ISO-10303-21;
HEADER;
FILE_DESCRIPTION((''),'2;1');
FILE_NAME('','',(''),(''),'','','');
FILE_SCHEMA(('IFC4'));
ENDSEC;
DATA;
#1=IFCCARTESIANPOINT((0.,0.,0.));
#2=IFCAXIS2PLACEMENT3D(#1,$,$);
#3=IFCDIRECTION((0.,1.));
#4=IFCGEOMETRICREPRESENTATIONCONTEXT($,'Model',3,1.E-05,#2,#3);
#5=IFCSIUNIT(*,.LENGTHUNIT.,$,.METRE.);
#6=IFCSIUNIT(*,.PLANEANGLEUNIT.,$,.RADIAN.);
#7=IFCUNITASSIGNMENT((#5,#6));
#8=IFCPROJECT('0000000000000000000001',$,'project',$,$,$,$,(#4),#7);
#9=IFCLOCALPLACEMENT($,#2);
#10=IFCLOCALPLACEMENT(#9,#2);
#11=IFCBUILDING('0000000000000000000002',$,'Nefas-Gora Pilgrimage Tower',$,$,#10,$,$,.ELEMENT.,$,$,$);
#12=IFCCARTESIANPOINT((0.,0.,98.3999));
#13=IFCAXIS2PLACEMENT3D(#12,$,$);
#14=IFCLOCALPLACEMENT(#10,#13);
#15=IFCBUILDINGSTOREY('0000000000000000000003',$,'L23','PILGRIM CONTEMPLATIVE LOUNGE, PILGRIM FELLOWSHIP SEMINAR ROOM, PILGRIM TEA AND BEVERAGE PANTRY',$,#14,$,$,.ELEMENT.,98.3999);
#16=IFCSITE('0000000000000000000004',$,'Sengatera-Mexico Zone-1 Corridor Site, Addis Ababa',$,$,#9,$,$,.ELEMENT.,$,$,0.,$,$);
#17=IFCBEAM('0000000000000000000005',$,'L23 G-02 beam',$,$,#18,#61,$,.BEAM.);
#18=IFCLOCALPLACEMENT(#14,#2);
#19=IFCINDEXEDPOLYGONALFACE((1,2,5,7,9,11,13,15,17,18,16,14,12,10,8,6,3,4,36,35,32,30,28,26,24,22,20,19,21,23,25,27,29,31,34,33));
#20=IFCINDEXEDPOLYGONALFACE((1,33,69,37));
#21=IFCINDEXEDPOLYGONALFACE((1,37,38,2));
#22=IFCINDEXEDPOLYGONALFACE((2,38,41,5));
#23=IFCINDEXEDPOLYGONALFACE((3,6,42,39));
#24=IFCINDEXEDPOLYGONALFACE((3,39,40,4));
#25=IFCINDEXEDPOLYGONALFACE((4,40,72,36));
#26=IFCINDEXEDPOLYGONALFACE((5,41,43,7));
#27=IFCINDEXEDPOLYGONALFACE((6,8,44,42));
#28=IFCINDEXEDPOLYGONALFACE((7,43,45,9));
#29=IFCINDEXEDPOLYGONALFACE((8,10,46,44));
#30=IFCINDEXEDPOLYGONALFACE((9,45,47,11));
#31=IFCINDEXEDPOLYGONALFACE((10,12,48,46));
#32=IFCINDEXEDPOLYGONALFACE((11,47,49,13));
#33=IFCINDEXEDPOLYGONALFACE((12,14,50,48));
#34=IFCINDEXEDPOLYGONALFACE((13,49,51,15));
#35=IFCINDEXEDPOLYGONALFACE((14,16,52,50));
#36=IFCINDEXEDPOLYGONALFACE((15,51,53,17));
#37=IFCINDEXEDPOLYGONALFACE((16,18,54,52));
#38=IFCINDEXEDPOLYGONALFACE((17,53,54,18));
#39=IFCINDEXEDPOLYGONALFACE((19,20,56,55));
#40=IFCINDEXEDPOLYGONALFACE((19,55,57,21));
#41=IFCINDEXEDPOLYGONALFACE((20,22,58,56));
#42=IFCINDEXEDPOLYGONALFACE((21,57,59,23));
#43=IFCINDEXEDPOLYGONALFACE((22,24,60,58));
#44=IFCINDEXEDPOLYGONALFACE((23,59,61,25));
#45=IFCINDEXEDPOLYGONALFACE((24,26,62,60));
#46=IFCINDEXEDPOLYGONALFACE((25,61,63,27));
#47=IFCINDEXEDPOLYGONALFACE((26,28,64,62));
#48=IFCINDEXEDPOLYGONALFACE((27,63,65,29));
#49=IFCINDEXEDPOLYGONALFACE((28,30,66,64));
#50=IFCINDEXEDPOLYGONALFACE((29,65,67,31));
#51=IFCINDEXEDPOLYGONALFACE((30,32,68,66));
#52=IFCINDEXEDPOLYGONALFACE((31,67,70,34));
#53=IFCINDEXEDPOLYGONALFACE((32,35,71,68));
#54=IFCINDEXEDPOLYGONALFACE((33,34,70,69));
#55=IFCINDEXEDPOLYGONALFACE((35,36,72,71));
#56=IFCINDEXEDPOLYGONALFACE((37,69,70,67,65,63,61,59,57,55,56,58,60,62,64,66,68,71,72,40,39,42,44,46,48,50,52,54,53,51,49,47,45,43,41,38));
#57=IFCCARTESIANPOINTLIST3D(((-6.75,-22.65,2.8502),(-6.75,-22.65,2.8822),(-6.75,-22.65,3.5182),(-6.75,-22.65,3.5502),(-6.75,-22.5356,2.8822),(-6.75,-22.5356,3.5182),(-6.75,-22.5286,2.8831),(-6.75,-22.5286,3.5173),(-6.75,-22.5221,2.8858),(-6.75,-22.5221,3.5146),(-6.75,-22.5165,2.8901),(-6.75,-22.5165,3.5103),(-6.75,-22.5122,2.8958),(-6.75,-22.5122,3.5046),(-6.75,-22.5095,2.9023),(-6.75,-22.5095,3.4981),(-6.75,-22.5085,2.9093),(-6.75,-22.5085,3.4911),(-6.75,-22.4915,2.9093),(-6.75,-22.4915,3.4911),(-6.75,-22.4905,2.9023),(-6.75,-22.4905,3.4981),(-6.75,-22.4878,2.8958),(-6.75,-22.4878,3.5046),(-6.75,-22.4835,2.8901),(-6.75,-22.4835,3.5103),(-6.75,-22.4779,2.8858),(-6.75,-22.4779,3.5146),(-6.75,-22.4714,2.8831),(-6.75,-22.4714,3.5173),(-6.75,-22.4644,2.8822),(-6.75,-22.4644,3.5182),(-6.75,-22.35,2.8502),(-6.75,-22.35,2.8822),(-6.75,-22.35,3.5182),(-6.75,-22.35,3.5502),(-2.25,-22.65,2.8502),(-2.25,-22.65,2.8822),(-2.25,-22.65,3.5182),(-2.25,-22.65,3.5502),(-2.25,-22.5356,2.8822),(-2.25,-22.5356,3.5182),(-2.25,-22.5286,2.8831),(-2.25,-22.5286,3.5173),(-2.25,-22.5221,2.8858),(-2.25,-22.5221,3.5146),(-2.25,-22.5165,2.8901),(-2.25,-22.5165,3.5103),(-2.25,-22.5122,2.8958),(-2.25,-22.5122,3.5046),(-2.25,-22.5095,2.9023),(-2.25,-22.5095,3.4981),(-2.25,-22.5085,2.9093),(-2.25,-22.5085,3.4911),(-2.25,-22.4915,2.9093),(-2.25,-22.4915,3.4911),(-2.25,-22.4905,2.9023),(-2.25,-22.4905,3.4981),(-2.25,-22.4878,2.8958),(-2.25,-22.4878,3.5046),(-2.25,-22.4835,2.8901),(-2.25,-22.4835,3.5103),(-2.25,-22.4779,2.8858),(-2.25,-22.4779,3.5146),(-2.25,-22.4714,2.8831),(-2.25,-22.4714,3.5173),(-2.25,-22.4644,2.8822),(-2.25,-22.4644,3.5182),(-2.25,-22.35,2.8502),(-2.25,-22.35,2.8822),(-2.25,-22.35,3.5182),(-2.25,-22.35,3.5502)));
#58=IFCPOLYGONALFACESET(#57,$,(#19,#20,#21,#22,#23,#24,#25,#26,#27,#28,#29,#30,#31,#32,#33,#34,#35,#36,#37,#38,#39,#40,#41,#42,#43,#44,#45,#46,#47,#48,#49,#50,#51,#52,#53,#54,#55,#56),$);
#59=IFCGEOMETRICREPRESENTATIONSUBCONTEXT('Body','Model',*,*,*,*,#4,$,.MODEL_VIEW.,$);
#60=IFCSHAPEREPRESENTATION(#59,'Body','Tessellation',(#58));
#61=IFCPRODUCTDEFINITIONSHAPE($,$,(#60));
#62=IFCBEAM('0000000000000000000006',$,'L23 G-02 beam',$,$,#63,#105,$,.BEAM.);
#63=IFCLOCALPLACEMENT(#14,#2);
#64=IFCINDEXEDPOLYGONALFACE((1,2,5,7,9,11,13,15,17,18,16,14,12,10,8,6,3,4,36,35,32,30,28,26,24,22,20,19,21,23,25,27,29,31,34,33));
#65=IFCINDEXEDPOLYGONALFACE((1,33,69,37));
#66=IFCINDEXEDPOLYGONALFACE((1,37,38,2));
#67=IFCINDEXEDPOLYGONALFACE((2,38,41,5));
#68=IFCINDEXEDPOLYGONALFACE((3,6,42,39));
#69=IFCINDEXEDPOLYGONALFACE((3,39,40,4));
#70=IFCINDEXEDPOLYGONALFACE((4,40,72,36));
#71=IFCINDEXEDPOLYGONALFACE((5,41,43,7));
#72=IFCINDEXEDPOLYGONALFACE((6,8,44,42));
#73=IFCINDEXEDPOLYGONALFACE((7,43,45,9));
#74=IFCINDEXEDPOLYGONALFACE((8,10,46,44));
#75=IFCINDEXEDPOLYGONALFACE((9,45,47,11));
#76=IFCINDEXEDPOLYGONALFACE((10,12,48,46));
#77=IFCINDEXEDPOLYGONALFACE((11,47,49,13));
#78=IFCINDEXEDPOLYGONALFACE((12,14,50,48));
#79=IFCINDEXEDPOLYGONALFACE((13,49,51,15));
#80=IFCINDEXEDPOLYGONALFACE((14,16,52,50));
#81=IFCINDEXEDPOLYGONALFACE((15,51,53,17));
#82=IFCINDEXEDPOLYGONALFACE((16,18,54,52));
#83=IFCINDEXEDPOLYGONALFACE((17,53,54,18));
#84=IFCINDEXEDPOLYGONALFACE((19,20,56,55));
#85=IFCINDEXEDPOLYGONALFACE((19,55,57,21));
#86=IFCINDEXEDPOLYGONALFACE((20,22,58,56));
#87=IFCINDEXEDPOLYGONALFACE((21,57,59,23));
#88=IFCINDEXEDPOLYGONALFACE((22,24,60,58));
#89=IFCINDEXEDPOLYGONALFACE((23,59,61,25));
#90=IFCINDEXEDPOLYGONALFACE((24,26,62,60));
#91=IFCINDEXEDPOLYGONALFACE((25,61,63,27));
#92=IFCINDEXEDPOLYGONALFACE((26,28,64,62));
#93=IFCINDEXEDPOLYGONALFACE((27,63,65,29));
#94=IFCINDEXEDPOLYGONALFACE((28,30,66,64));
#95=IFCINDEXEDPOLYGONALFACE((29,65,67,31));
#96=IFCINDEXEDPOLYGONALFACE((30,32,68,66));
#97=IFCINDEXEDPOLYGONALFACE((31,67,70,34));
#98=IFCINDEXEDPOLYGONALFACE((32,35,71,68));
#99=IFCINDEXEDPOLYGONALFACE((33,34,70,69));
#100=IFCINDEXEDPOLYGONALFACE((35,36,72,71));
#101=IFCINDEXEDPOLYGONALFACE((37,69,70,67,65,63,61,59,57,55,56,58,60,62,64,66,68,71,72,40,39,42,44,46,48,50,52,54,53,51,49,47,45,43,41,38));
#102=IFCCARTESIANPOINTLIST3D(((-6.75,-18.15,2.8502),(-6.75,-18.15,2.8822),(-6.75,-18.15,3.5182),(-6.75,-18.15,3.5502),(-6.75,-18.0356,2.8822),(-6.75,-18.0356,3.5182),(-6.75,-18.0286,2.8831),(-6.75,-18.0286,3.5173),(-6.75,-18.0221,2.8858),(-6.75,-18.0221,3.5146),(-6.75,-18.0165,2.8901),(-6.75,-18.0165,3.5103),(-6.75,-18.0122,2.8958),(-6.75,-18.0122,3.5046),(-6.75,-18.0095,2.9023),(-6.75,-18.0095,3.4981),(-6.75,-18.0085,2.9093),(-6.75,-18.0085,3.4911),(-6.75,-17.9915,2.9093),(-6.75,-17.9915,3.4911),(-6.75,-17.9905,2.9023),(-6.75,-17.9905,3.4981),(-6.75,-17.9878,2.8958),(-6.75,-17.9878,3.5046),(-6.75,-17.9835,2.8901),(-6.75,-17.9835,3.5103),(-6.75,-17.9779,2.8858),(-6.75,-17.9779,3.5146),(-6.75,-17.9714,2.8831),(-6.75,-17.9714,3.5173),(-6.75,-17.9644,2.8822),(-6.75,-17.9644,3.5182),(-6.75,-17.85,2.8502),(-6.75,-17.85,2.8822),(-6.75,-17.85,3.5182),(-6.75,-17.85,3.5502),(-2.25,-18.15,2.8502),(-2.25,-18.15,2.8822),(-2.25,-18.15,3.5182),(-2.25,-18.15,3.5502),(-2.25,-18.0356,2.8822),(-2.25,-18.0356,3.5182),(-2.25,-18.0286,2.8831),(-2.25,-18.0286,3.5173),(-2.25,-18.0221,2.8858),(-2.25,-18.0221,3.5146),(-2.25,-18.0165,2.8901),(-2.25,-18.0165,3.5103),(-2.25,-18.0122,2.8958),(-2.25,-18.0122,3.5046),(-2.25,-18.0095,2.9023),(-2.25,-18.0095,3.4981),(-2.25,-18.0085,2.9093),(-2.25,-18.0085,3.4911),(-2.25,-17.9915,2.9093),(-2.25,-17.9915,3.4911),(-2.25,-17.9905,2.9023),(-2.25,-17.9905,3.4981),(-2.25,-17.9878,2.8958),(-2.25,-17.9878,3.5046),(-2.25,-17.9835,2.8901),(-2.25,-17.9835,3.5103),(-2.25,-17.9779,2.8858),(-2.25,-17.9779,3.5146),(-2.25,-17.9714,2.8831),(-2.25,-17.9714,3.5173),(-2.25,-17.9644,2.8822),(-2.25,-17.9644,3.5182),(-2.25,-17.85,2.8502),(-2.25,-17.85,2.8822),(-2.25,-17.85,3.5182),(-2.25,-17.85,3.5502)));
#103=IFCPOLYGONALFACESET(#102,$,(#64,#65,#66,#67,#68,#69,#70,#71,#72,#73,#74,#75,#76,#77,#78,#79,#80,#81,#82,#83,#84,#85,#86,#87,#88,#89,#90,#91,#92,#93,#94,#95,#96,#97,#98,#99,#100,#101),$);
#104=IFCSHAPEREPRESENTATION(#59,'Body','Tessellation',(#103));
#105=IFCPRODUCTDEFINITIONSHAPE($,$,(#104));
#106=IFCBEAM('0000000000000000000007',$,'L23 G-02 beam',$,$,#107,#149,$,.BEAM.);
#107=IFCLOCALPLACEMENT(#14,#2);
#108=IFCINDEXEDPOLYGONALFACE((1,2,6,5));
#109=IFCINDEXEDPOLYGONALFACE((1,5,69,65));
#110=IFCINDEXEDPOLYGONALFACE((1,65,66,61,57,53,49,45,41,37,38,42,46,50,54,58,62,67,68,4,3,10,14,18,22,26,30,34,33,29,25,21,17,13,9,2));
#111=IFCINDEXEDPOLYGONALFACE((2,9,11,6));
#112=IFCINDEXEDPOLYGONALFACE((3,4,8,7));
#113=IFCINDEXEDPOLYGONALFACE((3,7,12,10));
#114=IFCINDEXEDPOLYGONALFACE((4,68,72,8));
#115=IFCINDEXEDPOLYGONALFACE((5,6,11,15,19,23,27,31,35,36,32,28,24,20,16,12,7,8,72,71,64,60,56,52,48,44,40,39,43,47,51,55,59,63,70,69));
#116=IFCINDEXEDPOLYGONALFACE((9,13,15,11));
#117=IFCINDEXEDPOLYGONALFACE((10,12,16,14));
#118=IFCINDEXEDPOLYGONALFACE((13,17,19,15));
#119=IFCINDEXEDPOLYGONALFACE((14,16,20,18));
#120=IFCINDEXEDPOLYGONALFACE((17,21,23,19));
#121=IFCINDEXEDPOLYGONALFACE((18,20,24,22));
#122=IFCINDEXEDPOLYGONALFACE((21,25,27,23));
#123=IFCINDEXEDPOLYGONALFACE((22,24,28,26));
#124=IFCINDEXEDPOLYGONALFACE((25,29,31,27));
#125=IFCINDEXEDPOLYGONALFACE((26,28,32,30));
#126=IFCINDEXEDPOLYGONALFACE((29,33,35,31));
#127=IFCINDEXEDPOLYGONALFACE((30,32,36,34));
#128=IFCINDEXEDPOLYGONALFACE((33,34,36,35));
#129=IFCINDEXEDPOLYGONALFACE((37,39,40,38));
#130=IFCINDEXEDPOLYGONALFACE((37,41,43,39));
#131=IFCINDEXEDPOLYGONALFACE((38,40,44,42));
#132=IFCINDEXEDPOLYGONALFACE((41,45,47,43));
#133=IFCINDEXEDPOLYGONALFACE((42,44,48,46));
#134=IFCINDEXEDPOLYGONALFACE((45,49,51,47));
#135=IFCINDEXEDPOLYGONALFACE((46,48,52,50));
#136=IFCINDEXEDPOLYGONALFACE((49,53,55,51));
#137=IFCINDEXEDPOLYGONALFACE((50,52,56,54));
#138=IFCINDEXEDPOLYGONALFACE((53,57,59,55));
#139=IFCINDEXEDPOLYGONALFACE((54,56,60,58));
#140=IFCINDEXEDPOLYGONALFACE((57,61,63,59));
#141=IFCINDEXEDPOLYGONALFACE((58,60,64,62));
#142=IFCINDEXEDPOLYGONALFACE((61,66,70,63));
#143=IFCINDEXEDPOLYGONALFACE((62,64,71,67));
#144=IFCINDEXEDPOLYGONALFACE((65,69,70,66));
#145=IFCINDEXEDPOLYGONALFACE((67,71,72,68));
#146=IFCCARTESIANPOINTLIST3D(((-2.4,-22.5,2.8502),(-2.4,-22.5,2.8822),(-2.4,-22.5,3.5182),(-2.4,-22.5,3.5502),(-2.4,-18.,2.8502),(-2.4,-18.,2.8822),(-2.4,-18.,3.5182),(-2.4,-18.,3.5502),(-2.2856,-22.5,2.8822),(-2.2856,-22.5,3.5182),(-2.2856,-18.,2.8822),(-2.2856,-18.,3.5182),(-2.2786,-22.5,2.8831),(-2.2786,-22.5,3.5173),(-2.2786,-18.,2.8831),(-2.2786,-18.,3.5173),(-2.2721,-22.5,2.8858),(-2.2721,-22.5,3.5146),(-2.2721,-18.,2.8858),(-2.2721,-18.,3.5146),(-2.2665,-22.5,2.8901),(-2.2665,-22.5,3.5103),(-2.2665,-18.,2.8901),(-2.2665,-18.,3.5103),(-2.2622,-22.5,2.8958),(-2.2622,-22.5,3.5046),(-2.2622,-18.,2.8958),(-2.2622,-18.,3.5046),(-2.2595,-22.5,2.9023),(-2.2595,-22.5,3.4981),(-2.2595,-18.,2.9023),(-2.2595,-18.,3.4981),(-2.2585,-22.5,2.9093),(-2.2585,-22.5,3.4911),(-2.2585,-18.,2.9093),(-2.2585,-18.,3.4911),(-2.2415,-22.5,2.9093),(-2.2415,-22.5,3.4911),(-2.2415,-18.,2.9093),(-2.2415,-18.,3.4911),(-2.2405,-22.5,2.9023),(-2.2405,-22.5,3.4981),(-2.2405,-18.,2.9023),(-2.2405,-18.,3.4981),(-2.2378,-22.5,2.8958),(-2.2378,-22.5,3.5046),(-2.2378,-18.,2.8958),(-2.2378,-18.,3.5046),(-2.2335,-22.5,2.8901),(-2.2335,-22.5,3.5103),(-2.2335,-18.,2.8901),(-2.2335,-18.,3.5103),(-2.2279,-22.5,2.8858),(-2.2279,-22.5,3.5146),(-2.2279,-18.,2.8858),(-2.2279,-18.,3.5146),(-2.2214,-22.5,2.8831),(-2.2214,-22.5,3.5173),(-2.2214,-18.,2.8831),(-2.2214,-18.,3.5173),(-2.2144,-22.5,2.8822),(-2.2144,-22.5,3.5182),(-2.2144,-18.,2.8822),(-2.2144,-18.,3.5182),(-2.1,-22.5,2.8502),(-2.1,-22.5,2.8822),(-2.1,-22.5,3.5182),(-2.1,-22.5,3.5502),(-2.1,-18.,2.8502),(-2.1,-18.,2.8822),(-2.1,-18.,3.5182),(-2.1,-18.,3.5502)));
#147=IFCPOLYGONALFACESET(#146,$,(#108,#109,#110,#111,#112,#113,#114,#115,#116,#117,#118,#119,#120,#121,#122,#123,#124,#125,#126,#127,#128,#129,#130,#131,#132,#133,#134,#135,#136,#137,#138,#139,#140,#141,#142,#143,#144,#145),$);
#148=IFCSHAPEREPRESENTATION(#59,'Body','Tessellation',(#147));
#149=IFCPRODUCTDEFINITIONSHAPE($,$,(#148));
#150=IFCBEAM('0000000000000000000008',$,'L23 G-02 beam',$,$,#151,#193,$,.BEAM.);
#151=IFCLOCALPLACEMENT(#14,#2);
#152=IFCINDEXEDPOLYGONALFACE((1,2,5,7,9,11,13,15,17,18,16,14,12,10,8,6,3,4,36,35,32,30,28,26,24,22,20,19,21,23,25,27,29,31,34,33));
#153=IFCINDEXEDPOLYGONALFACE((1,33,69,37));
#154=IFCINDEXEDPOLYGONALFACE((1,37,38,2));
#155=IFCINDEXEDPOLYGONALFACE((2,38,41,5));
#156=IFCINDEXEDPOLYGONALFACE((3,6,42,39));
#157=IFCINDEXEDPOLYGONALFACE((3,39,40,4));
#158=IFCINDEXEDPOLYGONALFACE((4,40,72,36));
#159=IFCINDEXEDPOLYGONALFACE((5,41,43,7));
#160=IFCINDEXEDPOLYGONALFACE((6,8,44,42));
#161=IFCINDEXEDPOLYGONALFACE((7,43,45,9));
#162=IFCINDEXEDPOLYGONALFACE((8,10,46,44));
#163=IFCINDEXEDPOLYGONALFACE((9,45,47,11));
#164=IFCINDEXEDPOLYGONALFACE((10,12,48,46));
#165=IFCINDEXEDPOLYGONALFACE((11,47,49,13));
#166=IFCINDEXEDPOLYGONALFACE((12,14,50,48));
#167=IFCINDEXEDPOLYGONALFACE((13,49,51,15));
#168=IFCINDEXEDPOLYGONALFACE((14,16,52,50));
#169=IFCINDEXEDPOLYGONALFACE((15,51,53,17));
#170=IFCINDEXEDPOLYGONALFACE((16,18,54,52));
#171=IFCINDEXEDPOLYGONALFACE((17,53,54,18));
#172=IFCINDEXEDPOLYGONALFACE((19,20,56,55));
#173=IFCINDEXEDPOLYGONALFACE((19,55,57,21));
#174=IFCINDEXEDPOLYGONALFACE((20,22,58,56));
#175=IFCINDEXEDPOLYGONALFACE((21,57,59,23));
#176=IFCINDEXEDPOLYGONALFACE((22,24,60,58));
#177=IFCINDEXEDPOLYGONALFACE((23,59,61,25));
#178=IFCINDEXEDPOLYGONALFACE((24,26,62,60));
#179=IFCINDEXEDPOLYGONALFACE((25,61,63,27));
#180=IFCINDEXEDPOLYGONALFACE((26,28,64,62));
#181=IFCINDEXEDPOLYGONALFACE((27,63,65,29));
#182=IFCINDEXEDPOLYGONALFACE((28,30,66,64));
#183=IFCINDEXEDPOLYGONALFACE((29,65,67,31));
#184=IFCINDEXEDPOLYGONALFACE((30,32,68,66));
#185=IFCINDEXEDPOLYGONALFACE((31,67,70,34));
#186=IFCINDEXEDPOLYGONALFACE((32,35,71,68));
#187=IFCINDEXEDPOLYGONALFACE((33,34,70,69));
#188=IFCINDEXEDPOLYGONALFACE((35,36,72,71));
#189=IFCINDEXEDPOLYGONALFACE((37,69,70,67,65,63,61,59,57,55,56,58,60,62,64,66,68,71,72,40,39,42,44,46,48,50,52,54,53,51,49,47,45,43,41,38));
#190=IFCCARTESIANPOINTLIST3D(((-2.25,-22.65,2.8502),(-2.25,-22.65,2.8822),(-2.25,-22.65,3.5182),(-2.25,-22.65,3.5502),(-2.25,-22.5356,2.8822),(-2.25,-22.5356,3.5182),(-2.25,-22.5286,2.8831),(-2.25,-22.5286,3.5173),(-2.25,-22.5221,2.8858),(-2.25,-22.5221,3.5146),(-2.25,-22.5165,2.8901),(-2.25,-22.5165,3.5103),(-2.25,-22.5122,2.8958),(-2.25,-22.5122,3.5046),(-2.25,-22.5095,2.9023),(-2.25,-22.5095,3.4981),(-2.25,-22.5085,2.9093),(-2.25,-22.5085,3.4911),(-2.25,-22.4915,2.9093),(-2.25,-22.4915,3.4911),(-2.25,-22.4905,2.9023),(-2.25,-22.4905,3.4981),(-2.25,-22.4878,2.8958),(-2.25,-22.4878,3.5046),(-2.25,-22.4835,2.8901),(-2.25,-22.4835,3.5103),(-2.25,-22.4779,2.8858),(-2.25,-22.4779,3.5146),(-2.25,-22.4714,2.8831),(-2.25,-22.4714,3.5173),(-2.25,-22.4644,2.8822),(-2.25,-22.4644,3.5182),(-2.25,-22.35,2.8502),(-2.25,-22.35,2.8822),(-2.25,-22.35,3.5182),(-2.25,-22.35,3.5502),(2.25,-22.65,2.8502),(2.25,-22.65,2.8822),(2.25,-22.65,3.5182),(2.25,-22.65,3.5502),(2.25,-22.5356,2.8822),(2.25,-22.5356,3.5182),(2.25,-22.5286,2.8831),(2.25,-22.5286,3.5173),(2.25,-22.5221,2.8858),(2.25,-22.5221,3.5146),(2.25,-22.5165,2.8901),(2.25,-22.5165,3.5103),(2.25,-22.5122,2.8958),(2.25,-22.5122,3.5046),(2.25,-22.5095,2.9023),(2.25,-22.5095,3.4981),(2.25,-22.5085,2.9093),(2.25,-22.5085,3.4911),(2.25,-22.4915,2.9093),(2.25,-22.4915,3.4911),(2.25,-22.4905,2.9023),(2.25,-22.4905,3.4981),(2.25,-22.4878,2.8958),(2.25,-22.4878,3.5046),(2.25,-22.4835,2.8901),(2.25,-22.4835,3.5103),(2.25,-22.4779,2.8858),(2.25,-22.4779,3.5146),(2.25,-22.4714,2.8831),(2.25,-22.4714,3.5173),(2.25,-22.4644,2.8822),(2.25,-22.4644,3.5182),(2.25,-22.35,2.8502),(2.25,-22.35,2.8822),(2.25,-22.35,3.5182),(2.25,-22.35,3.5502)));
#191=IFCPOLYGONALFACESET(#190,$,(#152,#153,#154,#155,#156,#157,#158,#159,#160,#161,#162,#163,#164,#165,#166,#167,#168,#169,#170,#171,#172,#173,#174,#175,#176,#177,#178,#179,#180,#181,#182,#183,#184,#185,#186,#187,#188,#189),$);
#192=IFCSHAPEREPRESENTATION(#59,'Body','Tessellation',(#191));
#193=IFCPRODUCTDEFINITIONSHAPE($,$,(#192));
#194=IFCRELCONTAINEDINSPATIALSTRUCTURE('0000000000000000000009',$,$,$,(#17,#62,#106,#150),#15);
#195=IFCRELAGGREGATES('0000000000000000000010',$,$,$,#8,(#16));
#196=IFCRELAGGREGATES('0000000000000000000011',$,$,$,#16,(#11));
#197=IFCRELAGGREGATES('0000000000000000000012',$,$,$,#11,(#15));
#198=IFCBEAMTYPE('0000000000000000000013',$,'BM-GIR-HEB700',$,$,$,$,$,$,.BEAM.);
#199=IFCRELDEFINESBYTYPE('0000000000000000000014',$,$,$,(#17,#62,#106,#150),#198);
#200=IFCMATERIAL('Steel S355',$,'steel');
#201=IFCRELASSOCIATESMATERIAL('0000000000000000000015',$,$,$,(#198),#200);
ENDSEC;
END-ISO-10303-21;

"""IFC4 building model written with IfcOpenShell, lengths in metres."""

from ifc_helpers import new_model, si_unit, direction, frame, origin, origin_2d, place, context, subcontext, project, spatial, i_section, extrude, source, transform, mapped, material, material_profile, profile_set, type_object, element, save


model = new_model("IFC4")

# Units and contexts
model_context = context("Model", 3, precision=1e-05, world=origin(), true_north=direction((0.0, 1.0)))
body_context = subcontext(model_context, "Body", "Model", "MODEL_VIEW")
ifc_project = project(units=[si_unit("LENGTHUNIT", "METRE"), si_unit("PLANEANGLEUNIT", "RADIAN")], contexts=[model_context])

# Site, building, storey
site_placement = place(None, origin())
site = spatial("IfcSite", under=ifc_project, at=site_placement, Name="Sengatera-Mexico Zone-1 Corridor Site, Addis Ababa", CompositionType="ELEMENT", RefElevation=0.0)
building_placement = place(site_placement, origin())
building = spatial("IfcBuilding", under=site, at=building_placement, Name="Nefas-Gora Pilgrimage Tower", CompositionType="ELEMENT")
storey_placement = place(building_placement, frame((0.0, 0.0, 98.3999)))
storey = spatial("IfcBuildingStorey", under=building, at=storey_placement, Name="L23", Description="PILGRIM CONTEMPLATIVE LOUNGE, PILGRIM FELLOWSHIP SEMINAR ROOM, PILGRIM TEA AND BEVERAGE PANTRY", CompositionType="ELEMENT", Elevation=98.3999)

# Beams
ifc_material_1 = material(Name="Steel S355", Category="steel")
ifc_material_profile_1 = material_profile(ifc_material_1, i_section(OverallWidth=0.3, OverallDepth=0.7, WebThickness=0.0171, FlangeThickness=0.032, FilletRadius=0.0271, at=origin_2d()), Name="HEB 700")
ifc_profile_set_1 = profile_set([ifc_material_profile_1], Name="Steel S355")
beam_type = type_object("IfcBeamType", Name="BM-GIR-HEB700", PredefinedType="BEAM", material=ifc_profile_set_1)
shared_shape_1 = source(origin(), body_context, "Body", "SweptSolid", [
    extrude(i_section(OverallWidth=0.3, OverallDepth=0.7, WebThickness=0.0171, FlangeThickness=0.032, FilletRadius=0.0271, at=origin_2d()), origin(), (0.0, 0.0, 1.0), 4.5),
])
for number, where, z_axis, x_axis, name in (
    (1, (-6.75, -22.5, 3.2002), (1.0, 0.0, 0.0), (0.0, 1.0, 0.0), "L23 G-02 beam"),
    (2, (-6.75, -18.0, 3.2002), (1.0, 0.0, 0.0), (0.0, 1.0, 0.0), "L23 G-02 beam"),
    (3, (-2.25, -22.5, 3.2002), (0.0, 1.0, 0.0), (-1.0, 0.0, 0.0), "L23 G-02 beam"),
    (4, (-2.25, -22.5, 3.2002), (1.0, 0.0, 0.0), (0.0, 1.0, 0.0), "L23 G-02 beam"),
):
    element("IfcBeam", number, at=place(storey_placement, frame(where, z_axis=z_axis, x_axis=x_axis)), inside=storey, type_object=beam_type, Name=name, PredefinedType="BEAM", context=body_context, shape_type="MappedRepresentation", body=[
        mapped(shared_shape_1, transform((0.0, 0.0, 0.0), x_axis=(1.0, 0.0, 0.0), y_axis=(0.0, 1.0, 0.0), z_axis=(0.0, 0.0, 1.0), scale=1.0)),
    ])

save(model, "model.ifc")
